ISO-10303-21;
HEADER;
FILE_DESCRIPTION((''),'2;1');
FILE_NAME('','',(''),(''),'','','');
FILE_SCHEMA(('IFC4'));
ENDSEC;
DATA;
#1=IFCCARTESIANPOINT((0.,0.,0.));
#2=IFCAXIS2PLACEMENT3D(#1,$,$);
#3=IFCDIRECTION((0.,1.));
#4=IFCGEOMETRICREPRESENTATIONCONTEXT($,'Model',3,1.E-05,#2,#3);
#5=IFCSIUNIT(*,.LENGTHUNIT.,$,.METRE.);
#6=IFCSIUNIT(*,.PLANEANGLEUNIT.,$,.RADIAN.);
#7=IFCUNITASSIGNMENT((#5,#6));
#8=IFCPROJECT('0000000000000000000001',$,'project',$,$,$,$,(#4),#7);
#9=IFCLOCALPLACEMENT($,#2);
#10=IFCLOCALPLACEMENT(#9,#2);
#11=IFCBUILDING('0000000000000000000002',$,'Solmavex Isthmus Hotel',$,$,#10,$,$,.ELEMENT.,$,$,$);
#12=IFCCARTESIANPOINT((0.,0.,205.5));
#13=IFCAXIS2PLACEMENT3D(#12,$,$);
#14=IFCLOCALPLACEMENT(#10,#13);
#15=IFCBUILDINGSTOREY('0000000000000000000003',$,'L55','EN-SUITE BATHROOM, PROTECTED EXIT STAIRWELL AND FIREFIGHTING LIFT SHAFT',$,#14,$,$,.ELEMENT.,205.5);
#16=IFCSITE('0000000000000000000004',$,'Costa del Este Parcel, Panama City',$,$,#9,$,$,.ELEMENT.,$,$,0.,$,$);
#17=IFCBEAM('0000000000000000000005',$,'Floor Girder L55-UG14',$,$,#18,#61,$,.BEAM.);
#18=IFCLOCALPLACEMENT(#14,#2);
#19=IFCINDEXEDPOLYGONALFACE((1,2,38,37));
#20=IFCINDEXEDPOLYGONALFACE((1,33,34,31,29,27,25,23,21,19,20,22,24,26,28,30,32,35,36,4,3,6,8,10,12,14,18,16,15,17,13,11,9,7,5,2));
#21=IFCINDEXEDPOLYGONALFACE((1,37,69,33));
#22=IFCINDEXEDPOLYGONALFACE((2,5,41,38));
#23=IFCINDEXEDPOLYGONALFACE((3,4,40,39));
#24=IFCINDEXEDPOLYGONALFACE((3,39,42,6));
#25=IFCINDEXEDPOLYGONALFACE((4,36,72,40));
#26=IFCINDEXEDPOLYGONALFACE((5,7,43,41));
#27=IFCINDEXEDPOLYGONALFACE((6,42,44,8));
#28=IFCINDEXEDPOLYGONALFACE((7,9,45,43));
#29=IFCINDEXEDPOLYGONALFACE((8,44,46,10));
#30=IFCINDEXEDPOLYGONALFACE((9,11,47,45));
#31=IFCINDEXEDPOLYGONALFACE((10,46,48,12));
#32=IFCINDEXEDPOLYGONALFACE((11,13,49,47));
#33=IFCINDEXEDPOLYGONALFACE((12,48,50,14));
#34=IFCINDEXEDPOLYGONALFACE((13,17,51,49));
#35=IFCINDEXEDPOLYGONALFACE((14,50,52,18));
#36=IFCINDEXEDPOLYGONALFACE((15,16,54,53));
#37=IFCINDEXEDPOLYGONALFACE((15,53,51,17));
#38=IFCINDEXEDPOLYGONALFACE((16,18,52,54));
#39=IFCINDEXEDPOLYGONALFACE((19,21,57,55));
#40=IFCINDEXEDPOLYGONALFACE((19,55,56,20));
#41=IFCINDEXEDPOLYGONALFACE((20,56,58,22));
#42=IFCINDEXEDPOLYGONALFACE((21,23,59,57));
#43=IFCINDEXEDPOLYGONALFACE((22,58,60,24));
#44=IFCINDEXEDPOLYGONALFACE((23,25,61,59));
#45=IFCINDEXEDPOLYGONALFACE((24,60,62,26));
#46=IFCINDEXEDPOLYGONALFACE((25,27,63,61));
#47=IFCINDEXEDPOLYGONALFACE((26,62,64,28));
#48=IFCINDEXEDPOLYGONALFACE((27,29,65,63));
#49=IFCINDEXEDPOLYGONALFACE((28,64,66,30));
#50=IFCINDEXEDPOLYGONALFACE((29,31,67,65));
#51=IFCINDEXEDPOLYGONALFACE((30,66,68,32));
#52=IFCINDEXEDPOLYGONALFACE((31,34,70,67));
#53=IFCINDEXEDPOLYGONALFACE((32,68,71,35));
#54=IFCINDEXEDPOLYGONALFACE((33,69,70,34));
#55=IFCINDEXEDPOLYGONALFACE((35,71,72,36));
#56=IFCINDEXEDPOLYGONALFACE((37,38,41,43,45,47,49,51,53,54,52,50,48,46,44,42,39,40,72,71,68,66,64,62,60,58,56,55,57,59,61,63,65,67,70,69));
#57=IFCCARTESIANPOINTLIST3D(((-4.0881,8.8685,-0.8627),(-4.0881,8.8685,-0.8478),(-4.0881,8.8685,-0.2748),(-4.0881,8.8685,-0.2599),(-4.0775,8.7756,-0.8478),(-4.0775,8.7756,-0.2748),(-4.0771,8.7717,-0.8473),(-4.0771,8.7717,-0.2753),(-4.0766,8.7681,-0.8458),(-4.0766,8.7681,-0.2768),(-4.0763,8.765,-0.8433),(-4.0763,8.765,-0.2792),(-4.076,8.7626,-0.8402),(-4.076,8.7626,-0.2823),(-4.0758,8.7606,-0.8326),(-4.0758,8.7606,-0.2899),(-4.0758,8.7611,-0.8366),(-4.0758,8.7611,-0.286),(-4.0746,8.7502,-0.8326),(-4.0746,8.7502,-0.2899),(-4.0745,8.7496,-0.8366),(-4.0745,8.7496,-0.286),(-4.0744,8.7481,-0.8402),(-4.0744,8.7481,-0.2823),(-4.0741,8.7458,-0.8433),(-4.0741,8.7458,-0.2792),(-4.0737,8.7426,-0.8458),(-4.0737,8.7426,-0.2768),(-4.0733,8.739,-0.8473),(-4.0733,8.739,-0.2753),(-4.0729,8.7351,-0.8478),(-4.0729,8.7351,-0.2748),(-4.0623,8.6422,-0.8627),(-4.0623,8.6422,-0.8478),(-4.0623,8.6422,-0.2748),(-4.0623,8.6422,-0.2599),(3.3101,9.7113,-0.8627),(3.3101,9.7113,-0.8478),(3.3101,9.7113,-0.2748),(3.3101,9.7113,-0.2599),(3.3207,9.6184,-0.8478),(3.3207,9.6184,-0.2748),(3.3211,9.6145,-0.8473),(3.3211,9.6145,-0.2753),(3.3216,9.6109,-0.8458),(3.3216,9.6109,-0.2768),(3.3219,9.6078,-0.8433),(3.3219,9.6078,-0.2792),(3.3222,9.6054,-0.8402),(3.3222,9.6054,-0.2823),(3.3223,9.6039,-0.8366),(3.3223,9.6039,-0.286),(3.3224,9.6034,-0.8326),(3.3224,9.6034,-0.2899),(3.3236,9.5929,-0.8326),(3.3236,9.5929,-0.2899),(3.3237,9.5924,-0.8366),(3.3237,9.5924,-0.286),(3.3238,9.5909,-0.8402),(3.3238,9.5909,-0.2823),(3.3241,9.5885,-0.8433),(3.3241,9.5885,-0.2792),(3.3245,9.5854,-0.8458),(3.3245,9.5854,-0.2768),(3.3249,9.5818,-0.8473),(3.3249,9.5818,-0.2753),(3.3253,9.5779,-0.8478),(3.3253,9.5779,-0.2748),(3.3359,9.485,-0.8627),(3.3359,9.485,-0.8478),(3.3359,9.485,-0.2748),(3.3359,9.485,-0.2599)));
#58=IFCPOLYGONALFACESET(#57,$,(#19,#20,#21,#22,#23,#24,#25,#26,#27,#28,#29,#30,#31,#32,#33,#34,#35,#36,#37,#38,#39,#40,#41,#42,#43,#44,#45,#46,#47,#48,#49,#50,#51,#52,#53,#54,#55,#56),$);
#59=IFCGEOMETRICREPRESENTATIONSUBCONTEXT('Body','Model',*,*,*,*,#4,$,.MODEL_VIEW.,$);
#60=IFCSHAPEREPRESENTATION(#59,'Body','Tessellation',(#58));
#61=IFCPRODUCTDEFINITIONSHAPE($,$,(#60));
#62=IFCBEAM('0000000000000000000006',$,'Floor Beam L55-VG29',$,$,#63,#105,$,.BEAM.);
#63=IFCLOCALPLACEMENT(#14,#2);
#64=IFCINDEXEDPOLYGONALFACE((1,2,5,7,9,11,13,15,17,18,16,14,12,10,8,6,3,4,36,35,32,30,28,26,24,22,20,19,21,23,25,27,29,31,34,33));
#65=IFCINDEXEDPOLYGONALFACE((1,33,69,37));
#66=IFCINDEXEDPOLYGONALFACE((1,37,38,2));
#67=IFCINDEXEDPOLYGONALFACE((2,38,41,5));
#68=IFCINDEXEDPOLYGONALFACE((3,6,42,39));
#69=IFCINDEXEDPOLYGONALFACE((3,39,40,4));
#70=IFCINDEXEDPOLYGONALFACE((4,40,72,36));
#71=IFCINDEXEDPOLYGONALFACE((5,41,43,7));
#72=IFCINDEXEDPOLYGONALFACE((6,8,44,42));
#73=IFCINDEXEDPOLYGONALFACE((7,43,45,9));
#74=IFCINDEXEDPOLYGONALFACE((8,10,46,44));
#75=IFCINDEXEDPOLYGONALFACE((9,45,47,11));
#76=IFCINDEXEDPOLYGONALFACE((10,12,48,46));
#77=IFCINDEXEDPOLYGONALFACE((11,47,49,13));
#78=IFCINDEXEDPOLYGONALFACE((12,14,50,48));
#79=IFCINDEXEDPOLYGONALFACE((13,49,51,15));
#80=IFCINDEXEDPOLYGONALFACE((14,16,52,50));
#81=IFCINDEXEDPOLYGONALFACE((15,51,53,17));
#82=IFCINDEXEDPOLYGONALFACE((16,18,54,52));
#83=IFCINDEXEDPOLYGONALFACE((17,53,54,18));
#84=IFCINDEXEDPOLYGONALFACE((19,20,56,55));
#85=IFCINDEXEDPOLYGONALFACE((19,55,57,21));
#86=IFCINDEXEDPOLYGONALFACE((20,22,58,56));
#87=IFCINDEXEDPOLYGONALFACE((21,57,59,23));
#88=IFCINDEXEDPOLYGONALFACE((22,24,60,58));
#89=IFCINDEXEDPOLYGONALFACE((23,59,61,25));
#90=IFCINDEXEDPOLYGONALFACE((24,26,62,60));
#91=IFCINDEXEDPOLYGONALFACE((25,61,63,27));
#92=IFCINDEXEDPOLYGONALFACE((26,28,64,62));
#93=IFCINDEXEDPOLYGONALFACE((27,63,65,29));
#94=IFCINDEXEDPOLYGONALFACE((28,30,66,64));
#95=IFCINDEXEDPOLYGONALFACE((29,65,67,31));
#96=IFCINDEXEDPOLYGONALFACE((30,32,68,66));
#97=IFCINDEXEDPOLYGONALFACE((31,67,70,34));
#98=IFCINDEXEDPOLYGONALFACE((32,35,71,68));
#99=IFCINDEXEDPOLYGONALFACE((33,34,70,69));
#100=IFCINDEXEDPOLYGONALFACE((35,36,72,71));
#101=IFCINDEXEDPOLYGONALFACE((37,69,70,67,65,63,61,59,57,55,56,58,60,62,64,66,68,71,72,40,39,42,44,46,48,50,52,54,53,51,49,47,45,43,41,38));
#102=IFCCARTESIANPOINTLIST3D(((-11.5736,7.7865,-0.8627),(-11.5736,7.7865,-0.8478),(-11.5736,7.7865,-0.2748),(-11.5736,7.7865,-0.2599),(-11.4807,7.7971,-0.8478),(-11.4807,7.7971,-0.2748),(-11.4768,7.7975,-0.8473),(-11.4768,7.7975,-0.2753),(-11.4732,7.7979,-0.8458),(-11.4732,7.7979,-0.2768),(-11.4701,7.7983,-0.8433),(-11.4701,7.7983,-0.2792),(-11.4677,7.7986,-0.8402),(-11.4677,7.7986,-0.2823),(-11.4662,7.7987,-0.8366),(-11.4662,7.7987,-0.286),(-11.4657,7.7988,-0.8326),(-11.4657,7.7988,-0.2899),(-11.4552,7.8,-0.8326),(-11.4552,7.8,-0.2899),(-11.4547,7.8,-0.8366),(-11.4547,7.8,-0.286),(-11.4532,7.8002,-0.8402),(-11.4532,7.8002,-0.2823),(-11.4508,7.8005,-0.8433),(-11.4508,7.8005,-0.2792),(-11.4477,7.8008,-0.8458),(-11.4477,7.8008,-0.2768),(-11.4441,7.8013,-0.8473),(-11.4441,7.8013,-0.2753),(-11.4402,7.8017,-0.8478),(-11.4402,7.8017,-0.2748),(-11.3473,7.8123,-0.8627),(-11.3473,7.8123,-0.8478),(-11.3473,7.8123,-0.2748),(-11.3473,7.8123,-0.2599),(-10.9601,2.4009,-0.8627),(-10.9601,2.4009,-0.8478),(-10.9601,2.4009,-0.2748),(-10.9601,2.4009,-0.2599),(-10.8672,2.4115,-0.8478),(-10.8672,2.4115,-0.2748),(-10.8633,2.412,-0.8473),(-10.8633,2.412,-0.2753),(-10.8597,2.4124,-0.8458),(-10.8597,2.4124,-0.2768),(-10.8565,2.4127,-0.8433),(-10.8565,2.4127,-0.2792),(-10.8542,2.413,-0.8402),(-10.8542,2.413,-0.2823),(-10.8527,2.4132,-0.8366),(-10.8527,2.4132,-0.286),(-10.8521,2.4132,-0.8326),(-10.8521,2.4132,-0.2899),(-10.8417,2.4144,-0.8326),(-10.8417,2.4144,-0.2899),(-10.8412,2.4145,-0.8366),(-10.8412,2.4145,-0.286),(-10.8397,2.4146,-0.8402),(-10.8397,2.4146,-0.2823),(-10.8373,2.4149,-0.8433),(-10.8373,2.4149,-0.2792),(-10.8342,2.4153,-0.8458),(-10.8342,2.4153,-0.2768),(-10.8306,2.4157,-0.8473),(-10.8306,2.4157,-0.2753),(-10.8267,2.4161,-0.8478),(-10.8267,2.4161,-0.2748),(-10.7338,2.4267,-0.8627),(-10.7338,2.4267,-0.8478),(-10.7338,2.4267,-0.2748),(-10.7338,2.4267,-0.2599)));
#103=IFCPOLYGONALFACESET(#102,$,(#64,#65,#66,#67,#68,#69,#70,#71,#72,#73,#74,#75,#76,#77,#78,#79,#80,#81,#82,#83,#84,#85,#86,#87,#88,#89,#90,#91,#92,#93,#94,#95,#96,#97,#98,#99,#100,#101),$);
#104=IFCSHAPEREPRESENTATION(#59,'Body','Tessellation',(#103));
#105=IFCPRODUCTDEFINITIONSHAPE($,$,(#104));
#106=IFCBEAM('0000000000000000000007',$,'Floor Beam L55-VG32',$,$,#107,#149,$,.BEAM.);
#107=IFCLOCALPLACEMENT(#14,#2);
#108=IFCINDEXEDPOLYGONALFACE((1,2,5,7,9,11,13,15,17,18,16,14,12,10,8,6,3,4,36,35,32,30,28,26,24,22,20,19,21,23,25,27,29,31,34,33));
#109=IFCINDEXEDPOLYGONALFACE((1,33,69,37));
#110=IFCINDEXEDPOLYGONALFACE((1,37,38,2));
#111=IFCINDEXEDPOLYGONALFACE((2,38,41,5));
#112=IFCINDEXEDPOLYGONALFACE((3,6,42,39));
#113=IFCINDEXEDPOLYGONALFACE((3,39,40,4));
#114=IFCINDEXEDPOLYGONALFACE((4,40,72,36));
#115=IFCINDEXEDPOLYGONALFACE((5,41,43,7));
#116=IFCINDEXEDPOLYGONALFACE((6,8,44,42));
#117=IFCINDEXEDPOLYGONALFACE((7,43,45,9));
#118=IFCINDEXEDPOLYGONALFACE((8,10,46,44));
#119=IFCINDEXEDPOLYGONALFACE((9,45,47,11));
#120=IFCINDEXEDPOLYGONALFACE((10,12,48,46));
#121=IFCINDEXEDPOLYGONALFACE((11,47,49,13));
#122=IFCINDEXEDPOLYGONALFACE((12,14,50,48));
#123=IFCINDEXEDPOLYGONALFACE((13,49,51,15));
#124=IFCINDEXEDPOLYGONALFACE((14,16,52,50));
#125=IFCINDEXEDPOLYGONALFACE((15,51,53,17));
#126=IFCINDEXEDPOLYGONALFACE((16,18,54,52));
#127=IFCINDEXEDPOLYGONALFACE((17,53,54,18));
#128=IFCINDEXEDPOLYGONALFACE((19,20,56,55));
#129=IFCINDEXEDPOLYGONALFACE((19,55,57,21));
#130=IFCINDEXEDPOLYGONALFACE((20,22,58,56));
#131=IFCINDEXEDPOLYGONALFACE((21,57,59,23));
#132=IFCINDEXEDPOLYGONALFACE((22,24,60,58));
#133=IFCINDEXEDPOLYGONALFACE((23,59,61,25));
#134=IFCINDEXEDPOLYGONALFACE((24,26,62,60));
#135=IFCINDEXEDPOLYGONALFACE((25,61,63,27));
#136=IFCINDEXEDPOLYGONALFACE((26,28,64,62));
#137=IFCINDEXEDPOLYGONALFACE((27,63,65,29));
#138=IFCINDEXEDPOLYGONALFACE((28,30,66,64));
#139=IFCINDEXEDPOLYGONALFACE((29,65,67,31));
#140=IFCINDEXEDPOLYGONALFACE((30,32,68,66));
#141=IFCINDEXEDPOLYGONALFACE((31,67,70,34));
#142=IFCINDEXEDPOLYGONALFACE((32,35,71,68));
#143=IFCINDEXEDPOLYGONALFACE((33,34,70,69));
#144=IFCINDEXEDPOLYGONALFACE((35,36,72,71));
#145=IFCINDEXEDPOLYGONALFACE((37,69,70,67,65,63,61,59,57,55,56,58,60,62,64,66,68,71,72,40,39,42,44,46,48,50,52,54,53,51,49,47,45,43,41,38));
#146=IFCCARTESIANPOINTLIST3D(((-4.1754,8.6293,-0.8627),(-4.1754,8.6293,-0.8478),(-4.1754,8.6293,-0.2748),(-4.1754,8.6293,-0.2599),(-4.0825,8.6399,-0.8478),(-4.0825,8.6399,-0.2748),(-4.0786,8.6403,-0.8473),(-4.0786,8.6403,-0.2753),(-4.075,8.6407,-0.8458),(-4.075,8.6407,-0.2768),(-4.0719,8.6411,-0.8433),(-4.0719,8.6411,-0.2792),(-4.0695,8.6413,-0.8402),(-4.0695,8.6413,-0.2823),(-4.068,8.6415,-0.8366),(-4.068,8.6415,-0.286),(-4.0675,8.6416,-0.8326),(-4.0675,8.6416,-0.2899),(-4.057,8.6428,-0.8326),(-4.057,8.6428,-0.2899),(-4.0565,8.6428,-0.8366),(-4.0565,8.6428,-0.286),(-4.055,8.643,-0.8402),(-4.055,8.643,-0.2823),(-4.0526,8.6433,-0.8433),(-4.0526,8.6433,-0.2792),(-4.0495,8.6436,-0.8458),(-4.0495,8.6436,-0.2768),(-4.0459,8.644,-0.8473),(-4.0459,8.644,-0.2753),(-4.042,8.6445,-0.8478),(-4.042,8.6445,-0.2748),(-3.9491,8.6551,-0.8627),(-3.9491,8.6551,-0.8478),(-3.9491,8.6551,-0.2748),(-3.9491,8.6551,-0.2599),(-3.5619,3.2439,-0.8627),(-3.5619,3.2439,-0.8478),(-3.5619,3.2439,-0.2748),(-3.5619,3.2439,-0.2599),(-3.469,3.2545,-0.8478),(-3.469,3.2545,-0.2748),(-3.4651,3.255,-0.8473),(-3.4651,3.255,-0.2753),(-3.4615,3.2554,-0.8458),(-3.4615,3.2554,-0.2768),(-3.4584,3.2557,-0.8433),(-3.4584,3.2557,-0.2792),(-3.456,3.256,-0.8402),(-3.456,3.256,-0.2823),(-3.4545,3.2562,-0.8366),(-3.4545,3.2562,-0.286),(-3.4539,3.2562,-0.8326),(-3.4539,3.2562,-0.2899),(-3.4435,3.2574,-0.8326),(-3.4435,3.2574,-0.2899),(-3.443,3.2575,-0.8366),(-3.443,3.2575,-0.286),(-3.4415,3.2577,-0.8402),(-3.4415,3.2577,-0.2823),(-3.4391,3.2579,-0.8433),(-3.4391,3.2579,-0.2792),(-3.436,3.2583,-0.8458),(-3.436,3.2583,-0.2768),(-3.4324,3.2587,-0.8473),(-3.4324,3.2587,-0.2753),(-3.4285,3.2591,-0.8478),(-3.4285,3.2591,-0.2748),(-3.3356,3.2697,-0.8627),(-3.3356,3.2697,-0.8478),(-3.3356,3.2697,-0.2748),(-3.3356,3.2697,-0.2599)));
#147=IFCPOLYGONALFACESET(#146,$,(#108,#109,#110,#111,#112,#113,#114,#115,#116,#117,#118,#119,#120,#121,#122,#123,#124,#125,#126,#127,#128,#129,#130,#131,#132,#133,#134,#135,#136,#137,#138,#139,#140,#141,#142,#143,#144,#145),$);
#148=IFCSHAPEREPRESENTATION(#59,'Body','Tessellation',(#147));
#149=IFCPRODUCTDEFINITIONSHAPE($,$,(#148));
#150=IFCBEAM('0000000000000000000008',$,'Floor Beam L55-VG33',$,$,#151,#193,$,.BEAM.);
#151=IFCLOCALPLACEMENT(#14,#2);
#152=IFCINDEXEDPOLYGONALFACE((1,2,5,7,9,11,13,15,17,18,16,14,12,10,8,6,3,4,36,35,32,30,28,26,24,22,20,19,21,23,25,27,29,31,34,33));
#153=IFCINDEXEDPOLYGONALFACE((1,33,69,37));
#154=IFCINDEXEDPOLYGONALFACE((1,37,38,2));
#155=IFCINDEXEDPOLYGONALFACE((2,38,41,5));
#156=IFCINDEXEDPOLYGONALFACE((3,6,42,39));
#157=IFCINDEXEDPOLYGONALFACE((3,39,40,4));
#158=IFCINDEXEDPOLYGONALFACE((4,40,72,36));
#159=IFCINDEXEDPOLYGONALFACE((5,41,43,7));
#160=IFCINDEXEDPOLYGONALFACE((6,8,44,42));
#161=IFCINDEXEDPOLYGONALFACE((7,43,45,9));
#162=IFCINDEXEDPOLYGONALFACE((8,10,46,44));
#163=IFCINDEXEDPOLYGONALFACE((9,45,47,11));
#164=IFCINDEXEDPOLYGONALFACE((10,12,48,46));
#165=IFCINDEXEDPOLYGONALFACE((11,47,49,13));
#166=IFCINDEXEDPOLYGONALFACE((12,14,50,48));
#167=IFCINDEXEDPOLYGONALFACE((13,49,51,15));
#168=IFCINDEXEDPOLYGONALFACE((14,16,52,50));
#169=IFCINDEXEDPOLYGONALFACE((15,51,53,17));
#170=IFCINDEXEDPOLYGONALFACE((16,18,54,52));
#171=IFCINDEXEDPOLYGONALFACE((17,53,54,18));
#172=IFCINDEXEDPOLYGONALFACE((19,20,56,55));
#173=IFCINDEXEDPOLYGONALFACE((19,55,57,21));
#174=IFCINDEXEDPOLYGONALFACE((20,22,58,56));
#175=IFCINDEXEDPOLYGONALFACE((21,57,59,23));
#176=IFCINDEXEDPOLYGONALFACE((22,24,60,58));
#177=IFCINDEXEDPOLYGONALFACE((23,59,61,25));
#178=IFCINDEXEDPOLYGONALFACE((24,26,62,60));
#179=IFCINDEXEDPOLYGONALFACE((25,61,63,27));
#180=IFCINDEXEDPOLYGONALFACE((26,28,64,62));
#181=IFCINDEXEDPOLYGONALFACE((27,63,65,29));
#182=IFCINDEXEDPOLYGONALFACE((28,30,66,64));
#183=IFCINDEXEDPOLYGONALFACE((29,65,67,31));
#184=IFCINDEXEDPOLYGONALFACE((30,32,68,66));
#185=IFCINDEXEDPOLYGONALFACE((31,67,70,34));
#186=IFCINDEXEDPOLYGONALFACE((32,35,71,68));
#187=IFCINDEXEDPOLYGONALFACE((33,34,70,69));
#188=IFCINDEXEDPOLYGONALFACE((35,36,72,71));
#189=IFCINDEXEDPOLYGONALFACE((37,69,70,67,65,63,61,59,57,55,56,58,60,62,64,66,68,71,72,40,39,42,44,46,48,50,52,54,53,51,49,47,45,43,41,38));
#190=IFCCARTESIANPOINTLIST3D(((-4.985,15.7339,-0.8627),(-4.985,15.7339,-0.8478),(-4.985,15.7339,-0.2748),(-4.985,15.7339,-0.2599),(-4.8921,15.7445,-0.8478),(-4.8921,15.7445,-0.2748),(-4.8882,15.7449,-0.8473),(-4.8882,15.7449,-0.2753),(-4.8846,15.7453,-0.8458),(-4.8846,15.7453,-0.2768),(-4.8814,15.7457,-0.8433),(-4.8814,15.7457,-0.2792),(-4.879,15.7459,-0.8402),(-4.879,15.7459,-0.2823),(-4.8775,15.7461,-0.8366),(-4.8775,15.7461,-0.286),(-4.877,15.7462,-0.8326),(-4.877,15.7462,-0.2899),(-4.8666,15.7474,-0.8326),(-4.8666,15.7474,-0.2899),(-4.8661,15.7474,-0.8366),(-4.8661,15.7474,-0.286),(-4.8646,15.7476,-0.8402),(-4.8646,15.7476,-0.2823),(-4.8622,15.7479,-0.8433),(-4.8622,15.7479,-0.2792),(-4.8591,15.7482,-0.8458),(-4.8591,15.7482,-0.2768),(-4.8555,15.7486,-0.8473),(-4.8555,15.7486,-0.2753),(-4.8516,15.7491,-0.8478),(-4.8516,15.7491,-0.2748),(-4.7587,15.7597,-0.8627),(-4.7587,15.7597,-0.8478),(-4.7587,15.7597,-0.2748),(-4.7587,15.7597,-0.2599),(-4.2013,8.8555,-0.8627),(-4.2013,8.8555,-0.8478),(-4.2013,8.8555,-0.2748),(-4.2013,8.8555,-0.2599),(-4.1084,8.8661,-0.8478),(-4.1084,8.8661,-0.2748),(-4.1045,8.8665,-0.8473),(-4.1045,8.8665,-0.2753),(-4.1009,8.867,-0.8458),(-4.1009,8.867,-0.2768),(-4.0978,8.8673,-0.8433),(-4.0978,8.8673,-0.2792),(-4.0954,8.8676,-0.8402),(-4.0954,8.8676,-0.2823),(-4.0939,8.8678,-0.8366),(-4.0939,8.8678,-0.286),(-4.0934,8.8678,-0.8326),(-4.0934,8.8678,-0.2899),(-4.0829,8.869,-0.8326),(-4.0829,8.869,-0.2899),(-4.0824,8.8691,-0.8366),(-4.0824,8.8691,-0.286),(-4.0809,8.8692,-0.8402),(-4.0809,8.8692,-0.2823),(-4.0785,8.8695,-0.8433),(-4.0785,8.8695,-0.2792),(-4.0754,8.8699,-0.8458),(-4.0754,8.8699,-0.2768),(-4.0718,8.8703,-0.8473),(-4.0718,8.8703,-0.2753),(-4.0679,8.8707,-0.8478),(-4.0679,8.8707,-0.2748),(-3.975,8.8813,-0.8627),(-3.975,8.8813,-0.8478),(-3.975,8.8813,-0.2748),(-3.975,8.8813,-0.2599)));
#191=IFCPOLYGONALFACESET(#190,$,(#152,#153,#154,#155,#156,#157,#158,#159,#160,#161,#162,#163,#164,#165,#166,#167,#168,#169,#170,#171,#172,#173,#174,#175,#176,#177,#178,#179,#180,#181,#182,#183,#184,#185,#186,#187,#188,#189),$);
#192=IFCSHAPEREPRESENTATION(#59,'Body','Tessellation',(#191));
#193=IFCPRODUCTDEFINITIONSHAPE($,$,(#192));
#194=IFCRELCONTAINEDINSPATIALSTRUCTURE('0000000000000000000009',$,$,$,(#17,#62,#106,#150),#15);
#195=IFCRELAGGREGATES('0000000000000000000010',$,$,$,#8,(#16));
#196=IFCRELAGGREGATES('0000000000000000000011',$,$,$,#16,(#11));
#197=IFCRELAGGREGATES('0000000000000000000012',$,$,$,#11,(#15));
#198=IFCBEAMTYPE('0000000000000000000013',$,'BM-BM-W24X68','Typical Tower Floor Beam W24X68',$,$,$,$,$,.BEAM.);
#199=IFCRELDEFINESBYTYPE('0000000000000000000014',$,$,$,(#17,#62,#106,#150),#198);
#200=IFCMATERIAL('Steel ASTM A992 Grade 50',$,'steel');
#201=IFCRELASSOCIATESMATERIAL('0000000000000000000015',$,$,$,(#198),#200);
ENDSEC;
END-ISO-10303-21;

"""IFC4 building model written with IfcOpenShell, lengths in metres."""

from ifc_helpers import new_model, si_unit, direction, frame, origin, origin_2d, place, context, subcontext, project, spatial, i_section, extrude, material, material_profile, profile_set, type_object, element, save


model = new_model("IFC4")

# Units and contexts
model_context = context("Model", 3, precision=1e-05, world=origin(), true_north=direction((0.0, 1.0)))
body_context = subcontext(model_context, "Body", "Model", "MODEL_VIEW")
ifc_project = project(units=[si_unit("LENGTHUNIT", "METRE"), si_unit("PLANEANGLEUNIT", "RADIAN")], contexts=[model_context])

# Site, building, storey
site_placement = place(None, origin())
site = spatial("IfcSite", under=ifc_project, at=site_placement, Name="Costa del Este Parcel, Panama City", CompositionType="ELEMENT", RefElevation=0.0)
building_placement = place(site_placement, origin())
building = spatial("IfcBuilding", under=site, at=building_placement, Name="Solmavex Isthmus Hotel", CompositionType="ELEMENT")
storey_placement = place(building_placement, frame((0.0, 0.0, 205.5)))
storey = spatial("IfcBuildingStorey", under=building, at=storey_placement, Name="L55", Description="EN-SUITE BATHROOM, PROTECTED EXIT STAIRWELL AND FIREFIGHTING LIFT SHAFT", CompositionType="ELEMENT", Elevation=205.5)

# Beams
ifc_material_1 = material(Name="Steel ASTM A992 Grade 50", Category="steel")
ifc_material_profile_1 = material_profile(ifc_material_1, i_section(OverallWidth=0.2278, OverallDepth=0.6028, WebThickness=0.0105, FlangeThickness=0.0149, FilletRadius=0.0151, at=origin_2d()), Name="W24X68")
ifc_profile_set_1 = profile_set([ifc_material_profile_1], Name="Steel ASTM A992 Grade 50")
beam_type_1 = type_object("IfcBeamType", Name="BM-BM-W24X68", Description="Typical Tower Floor Beam W24X68", PredefinedType="BEAM", material=ifc_profile_set_1)
beam_1_placement = place(storey_placement, frame((-4.0752, 8.7554, -0.5613), z_axis=(0.993574, 0.113184, 0.0), x_axis=(-0.113184, 0.993574, 0.0)))
element("IfcBeam", 1, at=beam_1_placement, inside=storey, type_object=beam_type_1, Name="Floor Girder L55-UG14", PredefinedType="BEAM", context=body_context, shape_type="SweptSolid", body=[
    extrude(i_section(OverallWidth=0.2278, OverallDepth=0.6028, WebThickness=0.0105, FlangeThickness=0.0149, FilletRadius=0.0151, at=origin_2d()), origin(), (0.0, 0.0, 1.0), 7.446),
])
beam_2_placement = place(storey_placement, frame((-10.8469, 2.4138, -0.5613), z_axis=(-0.11319, 0.993573, 0.0), x_axis=(-0.993573, -0.11319, 0.0)))
element("IfcBeam", 2, at=beam_2_placement, inside=storey, type_object=beam_type_1, Name="Floor Beam L55-VG29", PredefinedType="BEAM", context=body_context, shape_type="SweptSolid", body=[
    extrude(i_section(OverallWidth=0.2278, OverallDepth=0.6028, WebThickness=0.0105, FlangeThickness=0.0149, FilletRadius=0.0151, at=origin_2d()), origin(), (0.0, 0.0, 1.0), 5.4204),
])
beam_3_placement = place(storey_placement, frame((-3.4487, 3.2568, -0.5613), z_axis=(-0.113195, 0.993573, 0.0), x_axis=(-0.993573, -0.113195, 0.0)))
element("IfcBeam", 3, at=beam_3_placement, inside=storey, type_object=beam_type_1, Name="Floor Beam L55-VG32", PredefinedType="BEAM", context=body_context, shape_type="SweptSolid", body=[
    extrude(i_section(OverallWidth=0.2278, OverallDepth=0.6028, WebThickness=0.0105, FlangeThickness=0.0149, FilletRadius=0.0151, at=origin_2d()), origin(), (0.0, 0.0, 1.0), 5.4202),
])
beam_4_placement = place(storey_placement, frame((-4.0881, 8.8684, -0.5613), z_axis=(-0.113202, 0.993572, 0.0), x_axis=(-0.993572, -0.113202, 0.0)))
element("IfcBeam", 4, at=beam_4_placement, inside=storey, type_object=beam_type_1, Name="Floor Beam L55-VG33", PredefinedType="BEAM", context=body_context, shape_type="SweptSolid", body=[
    extrude(i_section(OverallWidth=0.2278, OverallDepth=0.6028, WebThickness=0.0105, FlangeThickness=0.0149, FilletRadius=0.0151, at=origin_2d()), origin(), (0.0, 0.0, 1.0), 6.9229),
])

save(model, "model.ifc")
